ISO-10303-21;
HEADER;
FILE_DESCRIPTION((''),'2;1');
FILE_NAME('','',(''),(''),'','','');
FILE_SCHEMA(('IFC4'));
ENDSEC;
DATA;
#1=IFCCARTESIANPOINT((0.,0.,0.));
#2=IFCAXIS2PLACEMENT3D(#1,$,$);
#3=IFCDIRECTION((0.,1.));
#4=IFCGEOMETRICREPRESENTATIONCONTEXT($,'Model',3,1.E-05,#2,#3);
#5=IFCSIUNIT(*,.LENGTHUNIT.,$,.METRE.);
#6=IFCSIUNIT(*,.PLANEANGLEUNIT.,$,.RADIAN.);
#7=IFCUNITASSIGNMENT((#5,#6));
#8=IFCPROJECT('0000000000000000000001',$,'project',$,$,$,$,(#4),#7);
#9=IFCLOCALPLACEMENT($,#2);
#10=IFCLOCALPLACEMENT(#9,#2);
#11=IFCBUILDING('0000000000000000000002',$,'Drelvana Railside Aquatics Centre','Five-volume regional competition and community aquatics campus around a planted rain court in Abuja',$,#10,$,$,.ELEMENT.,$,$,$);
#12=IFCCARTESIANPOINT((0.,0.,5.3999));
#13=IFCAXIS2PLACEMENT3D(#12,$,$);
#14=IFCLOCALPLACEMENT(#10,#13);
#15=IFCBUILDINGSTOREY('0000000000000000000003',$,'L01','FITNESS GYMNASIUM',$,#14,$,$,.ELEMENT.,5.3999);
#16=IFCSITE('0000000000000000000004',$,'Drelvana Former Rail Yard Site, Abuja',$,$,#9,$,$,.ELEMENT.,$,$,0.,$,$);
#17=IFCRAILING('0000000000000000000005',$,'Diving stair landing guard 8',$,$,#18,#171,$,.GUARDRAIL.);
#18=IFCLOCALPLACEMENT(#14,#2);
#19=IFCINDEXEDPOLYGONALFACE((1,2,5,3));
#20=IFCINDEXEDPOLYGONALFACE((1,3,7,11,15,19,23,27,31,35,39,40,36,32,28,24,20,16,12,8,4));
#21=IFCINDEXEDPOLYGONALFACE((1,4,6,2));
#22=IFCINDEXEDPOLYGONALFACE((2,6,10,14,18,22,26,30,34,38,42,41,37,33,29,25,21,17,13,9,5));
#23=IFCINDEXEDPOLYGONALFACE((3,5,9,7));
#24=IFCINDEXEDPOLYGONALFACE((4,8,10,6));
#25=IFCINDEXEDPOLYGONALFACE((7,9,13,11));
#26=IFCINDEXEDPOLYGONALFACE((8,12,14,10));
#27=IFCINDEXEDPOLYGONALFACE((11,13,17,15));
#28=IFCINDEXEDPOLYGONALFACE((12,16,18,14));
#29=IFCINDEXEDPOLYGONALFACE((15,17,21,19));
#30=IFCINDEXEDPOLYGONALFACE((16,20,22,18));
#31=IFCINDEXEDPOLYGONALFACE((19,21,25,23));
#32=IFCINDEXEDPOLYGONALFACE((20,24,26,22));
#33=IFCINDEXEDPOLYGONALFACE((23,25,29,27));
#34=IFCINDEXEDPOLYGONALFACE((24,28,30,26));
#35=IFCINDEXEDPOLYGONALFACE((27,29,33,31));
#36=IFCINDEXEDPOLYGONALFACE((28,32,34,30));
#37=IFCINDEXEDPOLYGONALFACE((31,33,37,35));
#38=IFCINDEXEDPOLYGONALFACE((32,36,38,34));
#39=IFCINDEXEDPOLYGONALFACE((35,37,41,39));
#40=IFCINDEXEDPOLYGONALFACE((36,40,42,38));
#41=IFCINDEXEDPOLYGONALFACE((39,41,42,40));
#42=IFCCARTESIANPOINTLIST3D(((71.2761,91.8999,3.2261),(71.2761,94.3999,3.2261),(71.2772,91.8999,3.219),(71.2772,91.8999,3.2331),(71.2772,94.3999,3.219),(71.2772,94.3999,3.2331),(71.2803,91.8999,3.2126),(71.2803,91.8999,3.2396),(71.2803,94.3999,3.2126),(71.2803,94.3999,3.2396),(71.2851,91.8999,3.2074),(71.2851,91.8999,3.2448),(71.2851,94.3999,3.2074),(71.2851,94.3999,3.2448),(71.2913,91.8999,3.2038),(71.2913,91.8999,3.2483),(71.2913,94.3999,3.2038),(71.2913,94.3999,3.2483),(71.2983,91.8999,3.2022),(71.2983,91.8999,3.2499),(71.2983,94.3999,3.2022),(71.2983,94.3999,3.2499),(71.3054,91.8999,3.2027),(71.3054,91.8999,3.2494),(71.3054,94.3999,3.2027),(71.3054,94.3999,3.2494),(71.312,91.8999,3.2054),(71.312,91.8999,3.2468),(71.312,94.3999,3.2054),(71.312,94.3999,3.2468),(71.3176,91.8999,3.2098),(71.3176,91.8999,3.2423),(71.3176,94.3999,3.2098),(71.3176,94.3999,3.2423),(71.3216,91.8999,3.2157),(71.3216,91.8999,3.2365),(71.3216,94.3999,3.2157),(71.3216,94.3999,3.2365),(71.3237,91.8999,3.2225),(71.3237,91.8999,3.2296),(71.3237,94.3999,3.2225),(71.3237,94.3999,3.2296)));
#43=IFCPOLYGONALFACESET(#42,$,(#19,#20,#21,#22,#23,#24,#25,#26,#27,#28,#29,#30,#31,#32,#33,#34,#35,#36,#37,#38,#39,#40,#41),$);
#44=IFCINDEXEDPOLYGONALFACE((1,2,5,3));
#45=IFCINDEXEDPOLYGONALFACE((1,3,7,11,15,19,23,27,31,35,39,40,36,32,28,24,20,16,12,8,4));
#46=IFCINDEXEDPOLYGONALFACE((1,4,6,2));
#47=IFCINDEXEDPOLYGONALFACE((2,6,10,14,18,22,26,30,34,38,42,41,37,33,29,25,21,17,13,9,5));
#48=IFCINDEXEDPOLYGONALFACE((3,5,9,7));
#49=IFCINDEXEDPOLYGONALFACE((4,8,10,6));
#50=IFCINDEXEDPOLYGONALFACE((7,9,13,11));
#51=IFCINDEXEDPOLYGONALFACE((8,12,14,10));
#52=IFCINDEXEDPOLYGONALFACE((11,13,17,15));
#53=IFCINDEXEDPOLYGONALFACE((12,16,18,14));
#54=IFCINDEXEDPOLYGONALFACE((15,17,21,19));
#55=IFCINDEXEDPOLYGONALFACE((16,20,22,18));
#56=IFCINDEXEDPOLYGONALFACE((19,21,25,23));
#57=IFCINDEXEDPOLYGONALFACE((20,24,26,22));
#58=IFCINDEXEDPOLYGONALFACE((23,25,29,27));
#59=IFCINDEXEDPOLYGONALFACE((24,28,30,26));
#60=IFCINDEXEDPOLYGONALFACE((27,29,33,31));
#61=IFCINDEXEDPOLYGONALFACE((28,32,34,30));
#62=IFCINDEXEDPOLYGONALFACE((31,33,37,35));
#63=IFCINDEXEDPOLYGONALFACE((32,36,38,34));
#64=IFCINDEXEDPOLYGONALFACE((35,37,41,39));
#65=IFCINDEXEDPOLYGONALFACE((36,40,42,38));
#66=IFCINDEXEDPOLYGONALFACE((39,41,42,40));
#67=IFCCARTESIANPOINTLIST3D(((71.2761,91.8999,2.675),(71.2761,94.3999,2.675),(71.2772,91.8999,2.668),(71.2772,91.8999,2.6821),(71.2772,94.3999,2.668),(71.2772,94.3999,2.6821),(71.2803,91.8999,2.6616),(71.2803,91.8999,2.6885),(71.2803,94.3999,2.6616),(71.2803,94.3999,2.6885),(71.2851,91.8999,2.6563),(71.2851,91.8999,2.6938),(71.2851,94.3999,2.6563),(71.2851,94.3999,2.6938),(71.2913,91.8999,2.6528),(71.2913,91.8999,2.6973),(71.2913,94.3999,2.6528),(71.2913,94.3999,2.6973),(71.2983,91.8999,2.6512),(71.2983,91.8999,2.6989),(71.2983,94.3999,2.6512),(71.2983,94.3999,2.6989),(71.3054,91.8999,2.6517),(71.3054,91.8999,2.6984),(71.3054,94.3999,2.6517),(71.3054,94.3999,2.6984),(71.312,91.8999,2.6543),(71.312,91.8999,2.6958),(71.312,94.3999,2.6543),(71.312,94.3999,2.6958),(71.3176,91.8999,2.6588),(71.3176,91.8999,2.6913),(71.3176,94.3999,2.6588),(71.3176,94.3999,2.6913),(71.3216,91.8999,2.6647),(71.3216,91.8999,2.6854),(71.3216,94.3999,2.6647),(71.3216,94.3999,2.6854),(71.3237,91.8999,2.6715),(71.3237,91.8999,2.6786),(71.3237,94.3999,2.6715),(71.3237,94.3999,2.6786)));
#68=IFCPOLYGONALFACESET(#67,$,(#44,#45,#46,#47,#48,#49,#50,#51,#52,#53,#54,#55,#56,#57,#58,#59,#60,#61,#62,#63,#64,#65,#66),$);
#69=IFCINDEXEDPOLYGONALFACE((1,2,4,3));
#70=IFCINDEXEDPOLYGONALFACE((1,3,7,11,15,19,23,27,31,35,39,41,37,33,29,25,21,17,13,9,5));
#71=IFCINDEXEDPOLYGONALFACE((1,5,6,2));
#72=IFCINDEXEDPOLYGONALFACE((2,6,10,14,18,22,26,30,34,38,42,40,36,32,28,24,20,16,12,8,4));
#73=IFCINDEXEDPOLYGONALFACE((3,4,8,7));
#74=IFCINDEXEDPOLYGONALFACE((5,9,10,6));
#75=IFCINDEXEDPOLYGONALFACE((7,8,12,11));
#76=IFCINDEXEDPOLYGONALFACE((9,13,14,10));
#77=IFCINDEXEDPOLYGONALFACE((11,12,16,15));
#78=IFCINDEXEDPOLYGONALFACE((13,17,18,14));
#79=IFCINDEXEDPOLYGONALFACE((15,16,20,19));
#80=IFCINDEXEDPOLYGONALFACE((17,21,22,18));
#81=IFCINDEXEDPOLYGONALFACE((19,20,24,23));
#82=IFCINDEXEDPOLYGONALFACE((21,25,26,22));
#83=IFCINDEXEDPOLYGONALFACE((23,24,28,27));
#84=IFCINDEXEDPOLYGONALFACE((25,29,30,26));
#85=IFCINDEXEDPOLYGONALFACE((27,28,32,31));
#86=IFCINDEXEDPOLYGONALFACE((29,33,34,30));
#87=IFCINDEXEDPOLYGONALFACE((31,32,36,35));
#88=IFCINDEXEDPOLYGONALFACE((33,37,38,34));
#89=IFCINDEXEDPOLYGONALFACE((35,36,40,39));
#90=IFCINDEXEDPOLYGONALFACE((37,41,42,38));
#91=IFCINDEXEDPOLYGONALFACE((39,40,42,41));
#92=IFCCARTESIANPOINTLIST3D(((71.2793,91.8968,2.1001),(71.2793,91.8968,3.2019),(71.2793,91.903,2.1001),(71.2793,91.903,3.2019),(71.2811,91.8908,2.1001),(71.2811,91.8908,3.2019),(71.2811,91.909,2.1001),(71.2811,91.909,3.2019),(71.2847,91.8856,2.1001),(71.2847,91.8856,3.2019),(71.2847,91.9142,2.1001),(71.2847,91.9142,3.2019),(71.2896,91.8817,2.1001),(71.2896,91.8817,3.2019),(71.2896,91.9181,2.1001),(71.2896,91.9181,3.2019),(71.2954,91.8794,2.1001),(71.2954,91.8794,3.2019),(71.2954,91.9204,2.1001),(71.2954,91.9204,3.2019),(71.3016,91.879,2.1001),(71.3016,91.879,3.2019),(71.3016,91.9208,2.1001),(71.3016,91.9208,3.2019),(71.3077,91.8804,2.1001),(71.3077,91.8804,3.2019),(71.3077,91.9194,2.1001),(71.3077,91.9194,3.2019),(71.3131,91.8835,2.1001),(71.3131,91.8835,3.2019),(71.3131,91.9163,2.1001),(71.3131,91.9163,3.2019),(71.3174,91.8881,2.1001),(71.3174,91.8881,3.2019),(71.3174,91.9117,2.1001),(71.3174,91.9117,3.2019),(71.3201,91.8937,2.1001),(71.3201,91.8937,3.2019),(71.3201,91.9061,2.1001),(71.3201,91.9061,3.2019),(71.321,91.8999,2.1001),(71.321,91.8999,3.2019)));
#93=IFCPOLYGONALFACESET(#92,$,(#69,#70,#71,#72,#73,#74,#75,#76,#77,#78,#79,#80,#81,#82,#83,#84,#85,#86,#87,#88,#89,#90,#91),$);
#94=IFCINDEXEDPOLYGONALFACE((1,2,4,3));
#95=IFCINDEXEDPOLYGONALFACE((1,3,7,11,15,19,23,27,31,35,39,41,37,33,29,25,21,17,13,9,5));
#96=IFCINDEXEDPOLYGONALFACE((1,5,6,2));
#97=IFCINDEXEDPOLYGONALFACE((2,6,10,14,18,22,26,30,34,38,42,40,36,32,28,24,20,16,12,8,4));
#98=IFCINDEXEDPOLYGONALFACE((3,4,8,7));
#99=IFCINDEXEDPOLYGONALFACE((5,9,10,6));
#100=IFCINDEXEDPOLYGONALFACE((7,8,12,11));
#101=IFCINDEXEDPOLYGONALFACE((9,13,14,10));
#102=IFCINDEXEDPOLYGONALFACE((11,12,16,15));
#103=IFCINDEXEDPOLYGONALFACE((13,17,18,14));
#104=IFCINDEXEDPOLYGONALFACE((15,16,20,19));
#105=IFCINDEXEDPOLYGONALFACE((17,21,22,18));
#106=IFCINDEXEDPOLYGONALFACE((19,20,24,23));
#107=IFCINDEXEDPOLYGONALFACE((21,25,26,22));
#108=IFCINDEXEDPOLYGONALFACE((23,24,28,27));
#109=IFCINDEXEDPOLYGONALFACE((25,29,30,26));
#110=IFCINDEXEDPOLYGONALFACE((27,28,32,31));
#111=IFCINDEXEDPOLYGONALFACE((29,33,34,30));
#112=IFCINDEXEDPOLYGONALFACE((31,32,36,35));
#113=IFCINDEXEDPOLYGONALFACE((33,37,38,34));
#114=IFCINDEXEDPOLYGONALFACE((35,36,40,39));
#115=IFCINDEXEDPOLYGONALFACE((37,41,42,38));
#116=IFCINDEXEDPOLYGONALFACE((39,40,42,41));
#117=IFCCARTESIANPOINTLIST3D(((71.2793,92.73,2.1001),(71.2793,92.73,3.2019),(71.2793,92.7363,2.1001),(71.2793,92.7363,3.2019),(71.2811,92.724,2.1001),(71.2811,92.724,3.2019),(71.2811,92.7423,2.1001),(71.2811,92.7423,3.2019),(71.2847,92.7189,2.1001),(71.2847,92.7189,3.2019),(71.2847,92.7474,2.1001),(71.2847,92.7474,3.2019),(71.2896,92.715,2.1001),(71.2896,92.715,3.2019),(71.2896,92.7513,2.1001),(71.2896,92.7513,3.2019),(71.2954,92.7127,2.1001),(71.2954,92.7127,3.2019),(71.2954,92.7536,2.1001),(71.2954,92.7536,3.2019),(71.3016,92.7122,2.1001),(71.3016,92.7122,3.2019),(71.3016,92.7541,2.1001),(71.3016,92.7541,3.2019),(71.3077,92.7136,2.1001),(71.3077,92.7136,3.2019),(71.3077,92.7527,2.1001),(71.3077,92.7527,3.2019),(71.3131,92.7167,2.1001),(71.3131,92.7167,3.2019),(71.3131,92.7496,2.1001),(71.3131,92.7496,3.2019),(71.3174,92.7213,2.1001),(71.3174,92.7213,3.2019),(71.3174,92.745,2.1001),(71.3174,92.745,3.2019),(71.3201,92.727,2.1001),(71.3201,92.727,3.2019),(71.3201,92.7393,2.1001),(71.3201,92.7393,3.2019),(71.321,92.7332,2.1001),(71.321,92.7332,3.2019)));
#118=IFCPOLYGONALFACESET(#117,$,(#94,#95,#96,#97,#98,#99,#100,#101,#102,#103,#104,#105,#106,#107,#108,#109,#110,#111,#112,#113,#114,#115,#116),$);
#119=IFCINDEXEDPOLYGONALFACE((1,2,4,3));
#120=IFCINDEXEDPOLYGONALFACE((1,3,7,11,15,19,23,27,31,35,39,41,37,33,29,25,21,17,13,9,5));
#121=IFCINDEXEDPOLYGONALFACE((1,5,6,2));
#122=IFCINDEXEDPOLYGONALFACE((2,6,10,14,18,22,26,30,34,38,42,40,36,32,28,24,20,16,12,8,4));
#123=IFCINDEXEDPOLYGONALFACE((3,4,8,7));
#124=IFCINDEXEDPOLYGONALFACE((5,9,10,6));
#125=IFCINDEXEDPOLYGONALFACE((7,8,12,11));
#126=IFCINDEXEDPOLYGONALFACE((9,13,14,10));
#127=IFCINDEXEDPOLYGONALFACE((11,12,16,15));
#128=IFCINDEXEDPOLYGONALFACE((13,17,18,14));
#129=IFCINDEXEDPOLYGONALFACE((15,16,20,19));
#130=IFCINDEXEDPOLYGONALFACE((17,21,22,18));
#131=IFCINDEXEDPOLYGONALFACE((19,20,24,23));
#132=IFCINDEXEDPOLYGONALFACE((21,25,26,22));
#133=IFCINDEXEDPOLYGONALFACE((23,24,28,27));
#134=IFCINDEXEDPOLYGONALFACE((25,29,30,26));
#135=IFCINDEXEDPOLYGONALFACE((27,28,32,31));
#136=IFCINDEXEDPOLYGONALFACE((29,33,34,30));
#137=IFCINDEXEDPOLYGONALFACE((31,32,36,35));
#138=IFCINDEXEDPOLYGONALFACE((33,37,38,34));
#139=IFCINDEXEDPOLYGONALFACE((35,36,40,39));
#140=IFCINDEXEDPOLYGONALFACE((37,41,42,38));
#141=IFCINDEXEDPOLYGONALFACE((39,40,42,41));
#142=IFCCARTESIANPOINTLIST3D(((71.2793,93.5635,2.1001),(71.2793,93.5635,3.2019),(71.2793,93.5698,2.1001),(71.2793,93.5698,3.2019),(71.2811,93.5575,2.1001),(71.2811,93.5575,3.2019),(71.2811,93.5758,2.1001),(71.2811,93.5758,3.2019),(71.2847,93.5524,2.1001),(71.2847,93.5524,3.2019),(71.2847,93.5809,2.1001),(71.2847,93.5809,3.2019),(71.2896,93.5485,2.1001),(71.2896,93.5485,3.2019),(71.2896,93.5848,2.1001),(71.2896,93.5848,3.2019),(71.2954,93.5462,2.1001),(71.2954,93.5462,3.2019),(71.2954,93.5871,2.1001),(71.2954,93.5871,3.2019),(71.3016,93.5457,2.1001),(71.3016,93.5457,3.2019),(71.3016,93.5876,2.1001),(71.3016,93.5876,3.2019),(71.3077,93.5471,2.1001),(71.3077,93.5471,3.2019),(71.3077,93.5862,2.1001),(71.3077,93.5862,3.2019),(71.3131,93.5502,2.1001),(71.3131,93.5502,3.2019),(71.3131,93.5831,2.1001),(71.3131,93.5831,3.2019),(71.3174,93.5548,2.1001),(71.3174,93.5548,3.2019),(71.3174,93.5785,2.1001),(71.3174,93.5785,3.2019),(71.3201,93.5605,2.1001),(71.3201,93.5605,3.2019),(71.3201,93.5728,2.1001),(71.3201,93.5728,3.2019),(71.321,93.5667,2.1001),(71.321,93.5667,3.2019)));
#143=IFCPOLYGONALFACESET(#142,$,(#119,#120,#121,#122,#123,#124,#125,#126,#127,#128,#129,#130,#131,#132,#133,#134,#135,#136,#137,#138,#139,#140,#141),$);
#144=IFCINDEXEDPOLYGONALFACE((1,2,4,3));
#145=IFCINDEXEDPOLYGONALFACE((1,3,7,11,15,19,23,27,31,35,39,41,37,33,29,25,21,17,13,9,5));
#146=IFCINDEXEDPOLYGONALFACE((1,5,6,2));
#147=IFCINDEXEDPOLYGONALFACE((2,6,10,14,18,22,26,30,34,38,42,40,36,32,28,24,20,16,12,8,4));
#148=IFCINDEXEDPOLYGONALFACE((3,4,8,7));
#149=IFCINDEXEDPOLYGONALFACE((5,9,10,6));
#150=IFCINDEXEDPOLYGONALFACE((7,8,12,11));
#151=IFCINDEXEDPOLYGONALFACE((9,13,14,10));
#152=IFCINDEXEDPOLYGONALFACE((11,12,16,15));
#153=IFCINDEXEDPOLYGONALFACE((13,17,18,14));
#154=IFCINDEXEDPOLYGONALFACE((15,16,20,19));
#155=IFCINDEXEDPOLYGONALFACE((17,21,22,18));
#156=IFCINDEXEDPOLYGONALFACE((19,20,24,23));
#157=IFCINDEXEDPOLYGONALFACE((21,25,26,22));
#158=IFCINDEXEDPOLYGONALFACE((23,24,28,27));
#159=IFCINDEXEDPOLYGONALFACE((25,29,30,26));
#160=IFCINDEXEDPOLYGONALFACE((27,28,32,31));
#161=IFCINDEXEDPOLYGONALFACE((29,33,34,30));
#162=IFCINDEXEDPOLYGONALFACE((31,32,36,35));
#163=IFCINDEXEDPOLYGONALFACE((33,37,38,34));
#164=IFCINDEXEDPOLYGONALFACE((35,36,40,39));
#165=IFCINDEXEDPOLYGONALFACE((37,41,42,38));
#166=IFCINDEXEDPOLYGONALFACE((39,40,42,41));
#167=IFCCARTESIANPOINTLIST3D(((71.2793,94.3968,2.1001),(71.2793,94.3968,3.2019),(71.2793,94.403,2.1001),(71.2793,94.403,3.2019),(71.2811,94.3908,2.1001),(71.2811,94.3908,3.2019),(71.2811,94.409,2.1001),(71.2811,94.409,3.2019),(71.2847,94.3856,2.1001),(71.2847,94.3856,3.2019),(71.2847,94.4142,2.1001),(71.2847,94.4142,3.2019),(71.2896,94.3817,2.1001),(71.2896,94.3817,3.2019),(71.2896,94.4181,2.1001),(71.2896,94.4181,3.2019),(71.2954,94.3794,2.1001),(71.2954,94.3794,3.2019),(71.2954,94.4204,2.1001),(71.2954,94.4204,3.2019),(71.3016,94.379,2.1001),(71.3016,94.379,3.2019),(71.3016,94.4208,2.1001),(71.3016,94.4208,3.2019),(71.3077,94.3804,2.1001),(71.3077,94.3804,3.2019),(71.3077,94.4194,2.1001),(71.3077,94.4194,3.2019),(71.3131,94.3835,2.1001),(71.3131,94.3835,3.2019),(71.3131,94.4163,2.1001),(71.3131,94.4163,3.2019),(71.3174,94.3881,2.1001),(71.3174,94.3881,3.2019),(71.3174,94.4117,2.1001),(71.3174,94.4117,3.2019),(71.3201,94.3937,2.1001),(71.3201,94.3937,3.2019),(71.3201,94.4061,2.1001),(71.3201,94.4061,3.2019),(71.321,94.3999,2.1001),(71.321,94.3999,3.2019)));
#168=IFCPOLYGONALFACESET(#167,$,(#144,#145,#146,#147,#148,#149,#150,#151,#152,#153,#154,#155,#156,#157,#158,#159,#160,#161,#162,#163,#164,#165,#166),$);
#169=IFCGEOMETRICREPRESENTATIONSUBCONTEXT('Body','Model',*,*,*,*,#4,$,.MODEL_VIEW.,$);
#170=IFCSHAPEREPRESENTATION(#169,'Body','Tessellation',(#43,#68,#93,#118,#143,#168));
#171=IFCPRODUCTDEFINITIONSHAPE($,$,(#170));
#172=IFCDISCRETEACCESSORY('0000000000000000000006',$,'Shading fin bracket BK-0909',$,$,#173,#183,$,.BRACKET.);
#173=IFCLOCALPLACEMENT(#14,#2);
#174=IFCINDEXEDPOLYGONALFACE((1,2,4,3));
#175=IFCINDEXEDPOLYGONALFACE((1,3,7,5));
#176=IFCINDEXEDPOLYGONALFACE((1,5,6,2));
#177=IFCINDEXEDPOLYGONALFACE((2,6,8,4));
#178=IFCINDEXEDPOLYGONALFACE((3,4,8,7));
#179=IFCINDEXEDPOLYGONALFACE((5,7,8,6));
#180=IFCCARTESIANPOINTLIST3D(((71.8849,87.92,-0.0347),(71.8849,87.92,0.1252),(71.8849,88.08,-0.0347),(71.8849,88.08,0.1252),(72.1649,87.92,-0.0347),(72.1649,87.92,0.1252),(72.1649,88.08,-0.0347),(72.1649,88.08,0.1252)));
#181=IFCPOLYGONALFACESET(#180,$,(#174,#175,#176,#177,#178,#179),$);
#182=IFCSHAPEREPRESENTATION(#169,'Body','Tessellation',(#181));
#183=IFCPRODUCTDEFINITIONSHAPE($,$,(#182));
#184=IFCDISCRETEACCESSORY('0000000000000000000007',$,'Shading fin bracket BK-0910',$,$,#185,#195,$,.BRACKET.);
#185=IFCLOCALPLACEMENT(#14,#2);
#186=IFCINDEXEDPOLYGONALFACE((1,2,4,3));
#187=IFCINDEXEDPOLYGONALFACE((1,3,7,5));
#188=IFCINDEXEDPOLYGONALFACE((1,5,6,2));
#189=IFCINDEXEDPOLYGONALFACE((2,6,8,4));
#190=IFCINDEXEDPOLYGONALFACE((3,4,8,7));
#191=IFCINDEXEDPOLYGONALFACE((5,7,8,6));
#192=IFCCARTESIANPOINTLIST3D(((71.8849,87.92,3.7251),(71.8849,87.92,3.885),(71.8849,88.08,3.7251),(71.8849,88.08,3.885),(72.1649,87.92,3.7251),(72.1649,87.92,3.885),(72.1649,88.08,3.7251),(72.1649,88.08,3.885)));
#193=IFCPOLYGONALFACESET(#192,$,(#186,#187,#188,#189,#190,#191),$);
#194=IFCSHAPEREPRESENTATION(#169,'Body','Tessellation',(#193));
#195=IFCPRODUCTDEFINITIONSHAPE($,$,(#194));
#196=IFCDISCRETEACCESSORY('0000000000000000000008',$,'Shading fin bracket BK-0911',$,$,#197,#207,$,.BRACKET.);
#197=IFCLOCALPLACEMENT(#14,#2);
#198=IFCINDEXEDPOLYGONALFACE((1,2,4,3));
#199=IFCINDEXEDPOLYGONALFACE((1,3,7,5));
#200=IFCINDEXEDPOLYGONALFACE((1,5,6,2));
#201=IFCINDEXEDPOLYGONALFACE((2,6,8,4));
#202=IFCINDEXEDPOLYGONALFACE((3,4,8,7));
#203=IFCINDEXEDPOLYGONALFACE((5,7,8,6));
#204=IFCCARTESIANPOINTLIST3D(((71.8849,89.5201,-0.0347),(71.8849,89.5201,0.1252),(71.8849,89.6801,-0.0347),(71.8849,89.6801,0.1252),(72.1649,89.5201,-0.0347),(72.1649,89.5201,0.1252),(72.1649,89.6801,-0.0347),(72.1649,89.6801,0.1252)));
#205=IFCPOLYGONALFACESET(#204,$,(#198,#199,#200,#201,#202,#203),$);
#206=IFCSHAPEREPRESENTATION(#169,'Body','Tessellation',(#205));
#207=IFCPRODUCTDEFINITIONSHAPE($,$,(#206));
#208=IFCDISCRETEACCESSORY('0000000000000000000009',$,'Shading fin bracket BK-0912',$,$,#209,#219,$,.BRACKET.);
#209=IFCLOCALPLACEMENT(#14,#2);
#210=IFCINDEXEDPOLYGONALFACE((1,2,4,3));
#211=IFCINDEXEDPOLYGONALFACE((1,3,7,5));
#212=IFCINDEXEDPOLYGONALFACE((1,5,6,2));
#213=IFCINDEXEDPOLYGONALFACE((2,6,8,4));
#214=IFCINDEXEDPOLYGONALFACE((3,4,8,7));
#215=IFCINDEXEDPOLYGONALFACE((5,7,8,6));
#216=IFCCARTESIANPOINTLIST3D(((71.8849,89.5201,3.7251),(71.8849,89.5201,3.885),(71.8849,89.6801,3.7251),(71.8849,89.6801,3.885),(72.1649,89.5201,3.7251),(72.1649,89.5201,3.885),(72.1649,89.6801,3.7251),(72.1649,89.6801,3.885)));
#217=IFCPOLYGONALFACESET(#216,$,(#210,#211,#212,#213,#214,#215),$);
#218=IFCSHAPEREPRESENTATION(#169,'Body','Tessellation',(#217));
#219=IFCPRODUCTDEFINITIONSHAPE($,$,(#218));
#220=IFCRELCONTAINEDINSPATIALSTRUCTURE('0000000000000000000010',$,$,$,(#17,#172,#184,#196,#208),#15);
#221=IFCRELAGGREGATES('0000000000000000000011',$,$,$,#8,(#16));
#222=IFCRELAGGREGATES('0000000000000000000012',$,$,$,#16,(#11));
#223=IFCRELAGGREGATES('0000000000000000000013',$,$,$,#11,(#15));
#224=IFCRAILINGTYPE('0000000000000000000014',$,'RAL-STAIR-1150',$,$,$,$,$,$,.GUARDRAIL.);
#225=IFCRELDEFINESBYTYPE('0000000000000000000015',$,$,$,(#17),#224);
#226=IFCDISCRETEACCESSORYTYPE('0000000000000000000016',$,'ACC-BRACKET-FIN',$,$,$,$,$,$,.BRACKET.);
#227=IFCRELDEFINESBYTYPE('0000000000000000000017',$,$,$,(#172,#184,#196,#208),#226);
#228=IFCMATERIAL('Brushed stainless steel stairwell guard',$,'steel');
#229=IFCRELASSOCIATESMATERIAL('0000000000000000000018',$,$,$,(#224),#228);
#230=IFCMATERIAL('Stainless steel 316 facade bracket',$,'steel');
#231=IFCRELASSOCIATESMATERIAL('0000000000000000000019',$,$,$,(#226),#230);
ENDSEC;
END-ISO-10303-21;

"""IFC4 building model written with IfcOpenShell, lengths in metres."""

from ifc_helpers import new_model, si_unit, direction, frame, origin, origin_2d, place, context, subcontext, project, spatial, rectangle, circle, extrude, material, type_object, element, save


model = new_model("IFC4")

# Units and contexts
model_context = context("Model", 3, precision=1e-05, world=origin(), true_north=direction((0.0, 1.0)))
body_context = subcontext(model_context, "Body", "Model", "MODEL_VIEW")
ifc_project = project(units=[si_unit("LENGTHUNIT", "METRE"), si_unit("PLANEANGLEUNIT", "RADIAN")], contexts=[model_context])

# Site, building, storey
site_placement = place(None, origin())
site = spatial("IfcSite", under=ifc_project, at=site_placement, Name="Drelvana Former Rail Yard Site, Abuja", CompositionType="ELEMENT", RefElevation=0.0)
building_placement = place(site_placement, origin())
building = spatial("IfcBuilding", under=site, at=building_placement, Name="Drelvana Railside Aquatics Centre", Description="Five-volume regional competition and community aquatics campus around a planted rain court in Abuja", CompositionType="ELEMENT")
storey_placement = place(building_placement, frame((0.0, 0.0, 5.3999)))
storey = spatial("IfcBuildingStorey", under=building, at=storey_placement, Name="L01", Description="FITNESS GYMNASIUM", CompositionType="ELEMENT", Elevation=5.3999)

# Railing
ifc_material_1 = material(Name="Brushed stainless steel stairwell guard", Category="steel")
railing_type = type_object("IfcRailingType", Name="RAL-STAIR-1150", PredefinedType="GUARDRAIL", material=ifc_material_1)
railing_1_placement = place(storey_placement, frame((71.3, 91.8999, 2.1001)))
element("IfcRailing", 1, at=railing_1_placement, inside=storey, type_object=railing_type, Name="Diving stair landing guard 8", PredefinedType="GUARDRAIL", context=body_context, shape_type="SweptSolid", body=[
    extrude(circle(Radius=0.0239, at=origin_2d()), frame((0.0, 0.0, 1.126), z_axis=(0.0, 1.0, 0.0), x_axis=(-1.0, 0.0, 0.0)), (0.0, 0.0, 1.0), 2.5),
    extrude(circle(Radius=0.0239, at=origin_2d()), frame((0.0, 0.0, 0.575), z_axis=(0.0, 1.0, 0.0), x_axis=(-1.0, 0.0, 0.0)), (0.0, 0.0, 1.0), 2.5),
    extrude(circle(Radius=0.021, at=origin_2d()), origin(), (0.0, 0.0, 1.0), 1.1018),
    extrude(circle(Radius=0.021, at=origin_2d()), frame((0.0, 0.8333, 0.0)), (0.0, 0.0, 1.0), 1.1018),
    extrude(circle(Radius=0.021, at=origin_2d()), frame((0.0, 1.6667, 0.0)), (0.0, 0.0, 1.0), 1.1018),
    extrude(circle(Radius=0.021, at=origin_2d()), frame((0.0, 2.5, 0.0)), (0.0, 0.0, 1.0), 1.1018),
])

# Discrete accessories
ifc_material_2 = material(Name="Stainless steel 316 facade bracket", Category="steel")
discrete_accessory_type = type_object("IfcDiscreteAccessoryType", Name="ACC-BRACKET-FIN", PredefinedType="BRACKET", material=ifc_material_2)
for number, where, z_axis, x_axis, name in (
    (2, (72.0249, 88.0, -0.0347), (0.0, 0.0, 1.0), (1.0, 0.0, 0.0), "Shading fin bracket BK-0909"),
    (3, (72.0249, 88.0, 3.7251), (0.0, 0.0, 1.0), (1.0, 0.0, 0.0), "Shading fin bracket BK-0910"),
    (4, (72.0249, 89.6001, -0.0347), (0.0, 0.0, 1.0), (1.0, 0.0, 0.0), "Shading fin bracket BK-0911"),
    (5, (72.0249, 89.6001, 3.7251), (0.0, 0.0, 1.0), (1.0, 0.0, 0.0), "Shading fin bracket BK-0912"),
):
    element("IfcDiscreteAccessory", number, at=place(storey_placement, frame(where, z_axis=z_axis, x_axis=x_axis)), inside=storey, type_object=discrete_accessory_type, Name=name, PredefinedType="BRACKET", context=body_context, shape_type="SweptSolid", body=[
        extrude(rectangle(XDim=0.28, YDim=0.1599, at=origin_2d()), origin(), (0.0, 0.0, 1.0), 0.1599),
    ])

save(model, "model.ifc")
